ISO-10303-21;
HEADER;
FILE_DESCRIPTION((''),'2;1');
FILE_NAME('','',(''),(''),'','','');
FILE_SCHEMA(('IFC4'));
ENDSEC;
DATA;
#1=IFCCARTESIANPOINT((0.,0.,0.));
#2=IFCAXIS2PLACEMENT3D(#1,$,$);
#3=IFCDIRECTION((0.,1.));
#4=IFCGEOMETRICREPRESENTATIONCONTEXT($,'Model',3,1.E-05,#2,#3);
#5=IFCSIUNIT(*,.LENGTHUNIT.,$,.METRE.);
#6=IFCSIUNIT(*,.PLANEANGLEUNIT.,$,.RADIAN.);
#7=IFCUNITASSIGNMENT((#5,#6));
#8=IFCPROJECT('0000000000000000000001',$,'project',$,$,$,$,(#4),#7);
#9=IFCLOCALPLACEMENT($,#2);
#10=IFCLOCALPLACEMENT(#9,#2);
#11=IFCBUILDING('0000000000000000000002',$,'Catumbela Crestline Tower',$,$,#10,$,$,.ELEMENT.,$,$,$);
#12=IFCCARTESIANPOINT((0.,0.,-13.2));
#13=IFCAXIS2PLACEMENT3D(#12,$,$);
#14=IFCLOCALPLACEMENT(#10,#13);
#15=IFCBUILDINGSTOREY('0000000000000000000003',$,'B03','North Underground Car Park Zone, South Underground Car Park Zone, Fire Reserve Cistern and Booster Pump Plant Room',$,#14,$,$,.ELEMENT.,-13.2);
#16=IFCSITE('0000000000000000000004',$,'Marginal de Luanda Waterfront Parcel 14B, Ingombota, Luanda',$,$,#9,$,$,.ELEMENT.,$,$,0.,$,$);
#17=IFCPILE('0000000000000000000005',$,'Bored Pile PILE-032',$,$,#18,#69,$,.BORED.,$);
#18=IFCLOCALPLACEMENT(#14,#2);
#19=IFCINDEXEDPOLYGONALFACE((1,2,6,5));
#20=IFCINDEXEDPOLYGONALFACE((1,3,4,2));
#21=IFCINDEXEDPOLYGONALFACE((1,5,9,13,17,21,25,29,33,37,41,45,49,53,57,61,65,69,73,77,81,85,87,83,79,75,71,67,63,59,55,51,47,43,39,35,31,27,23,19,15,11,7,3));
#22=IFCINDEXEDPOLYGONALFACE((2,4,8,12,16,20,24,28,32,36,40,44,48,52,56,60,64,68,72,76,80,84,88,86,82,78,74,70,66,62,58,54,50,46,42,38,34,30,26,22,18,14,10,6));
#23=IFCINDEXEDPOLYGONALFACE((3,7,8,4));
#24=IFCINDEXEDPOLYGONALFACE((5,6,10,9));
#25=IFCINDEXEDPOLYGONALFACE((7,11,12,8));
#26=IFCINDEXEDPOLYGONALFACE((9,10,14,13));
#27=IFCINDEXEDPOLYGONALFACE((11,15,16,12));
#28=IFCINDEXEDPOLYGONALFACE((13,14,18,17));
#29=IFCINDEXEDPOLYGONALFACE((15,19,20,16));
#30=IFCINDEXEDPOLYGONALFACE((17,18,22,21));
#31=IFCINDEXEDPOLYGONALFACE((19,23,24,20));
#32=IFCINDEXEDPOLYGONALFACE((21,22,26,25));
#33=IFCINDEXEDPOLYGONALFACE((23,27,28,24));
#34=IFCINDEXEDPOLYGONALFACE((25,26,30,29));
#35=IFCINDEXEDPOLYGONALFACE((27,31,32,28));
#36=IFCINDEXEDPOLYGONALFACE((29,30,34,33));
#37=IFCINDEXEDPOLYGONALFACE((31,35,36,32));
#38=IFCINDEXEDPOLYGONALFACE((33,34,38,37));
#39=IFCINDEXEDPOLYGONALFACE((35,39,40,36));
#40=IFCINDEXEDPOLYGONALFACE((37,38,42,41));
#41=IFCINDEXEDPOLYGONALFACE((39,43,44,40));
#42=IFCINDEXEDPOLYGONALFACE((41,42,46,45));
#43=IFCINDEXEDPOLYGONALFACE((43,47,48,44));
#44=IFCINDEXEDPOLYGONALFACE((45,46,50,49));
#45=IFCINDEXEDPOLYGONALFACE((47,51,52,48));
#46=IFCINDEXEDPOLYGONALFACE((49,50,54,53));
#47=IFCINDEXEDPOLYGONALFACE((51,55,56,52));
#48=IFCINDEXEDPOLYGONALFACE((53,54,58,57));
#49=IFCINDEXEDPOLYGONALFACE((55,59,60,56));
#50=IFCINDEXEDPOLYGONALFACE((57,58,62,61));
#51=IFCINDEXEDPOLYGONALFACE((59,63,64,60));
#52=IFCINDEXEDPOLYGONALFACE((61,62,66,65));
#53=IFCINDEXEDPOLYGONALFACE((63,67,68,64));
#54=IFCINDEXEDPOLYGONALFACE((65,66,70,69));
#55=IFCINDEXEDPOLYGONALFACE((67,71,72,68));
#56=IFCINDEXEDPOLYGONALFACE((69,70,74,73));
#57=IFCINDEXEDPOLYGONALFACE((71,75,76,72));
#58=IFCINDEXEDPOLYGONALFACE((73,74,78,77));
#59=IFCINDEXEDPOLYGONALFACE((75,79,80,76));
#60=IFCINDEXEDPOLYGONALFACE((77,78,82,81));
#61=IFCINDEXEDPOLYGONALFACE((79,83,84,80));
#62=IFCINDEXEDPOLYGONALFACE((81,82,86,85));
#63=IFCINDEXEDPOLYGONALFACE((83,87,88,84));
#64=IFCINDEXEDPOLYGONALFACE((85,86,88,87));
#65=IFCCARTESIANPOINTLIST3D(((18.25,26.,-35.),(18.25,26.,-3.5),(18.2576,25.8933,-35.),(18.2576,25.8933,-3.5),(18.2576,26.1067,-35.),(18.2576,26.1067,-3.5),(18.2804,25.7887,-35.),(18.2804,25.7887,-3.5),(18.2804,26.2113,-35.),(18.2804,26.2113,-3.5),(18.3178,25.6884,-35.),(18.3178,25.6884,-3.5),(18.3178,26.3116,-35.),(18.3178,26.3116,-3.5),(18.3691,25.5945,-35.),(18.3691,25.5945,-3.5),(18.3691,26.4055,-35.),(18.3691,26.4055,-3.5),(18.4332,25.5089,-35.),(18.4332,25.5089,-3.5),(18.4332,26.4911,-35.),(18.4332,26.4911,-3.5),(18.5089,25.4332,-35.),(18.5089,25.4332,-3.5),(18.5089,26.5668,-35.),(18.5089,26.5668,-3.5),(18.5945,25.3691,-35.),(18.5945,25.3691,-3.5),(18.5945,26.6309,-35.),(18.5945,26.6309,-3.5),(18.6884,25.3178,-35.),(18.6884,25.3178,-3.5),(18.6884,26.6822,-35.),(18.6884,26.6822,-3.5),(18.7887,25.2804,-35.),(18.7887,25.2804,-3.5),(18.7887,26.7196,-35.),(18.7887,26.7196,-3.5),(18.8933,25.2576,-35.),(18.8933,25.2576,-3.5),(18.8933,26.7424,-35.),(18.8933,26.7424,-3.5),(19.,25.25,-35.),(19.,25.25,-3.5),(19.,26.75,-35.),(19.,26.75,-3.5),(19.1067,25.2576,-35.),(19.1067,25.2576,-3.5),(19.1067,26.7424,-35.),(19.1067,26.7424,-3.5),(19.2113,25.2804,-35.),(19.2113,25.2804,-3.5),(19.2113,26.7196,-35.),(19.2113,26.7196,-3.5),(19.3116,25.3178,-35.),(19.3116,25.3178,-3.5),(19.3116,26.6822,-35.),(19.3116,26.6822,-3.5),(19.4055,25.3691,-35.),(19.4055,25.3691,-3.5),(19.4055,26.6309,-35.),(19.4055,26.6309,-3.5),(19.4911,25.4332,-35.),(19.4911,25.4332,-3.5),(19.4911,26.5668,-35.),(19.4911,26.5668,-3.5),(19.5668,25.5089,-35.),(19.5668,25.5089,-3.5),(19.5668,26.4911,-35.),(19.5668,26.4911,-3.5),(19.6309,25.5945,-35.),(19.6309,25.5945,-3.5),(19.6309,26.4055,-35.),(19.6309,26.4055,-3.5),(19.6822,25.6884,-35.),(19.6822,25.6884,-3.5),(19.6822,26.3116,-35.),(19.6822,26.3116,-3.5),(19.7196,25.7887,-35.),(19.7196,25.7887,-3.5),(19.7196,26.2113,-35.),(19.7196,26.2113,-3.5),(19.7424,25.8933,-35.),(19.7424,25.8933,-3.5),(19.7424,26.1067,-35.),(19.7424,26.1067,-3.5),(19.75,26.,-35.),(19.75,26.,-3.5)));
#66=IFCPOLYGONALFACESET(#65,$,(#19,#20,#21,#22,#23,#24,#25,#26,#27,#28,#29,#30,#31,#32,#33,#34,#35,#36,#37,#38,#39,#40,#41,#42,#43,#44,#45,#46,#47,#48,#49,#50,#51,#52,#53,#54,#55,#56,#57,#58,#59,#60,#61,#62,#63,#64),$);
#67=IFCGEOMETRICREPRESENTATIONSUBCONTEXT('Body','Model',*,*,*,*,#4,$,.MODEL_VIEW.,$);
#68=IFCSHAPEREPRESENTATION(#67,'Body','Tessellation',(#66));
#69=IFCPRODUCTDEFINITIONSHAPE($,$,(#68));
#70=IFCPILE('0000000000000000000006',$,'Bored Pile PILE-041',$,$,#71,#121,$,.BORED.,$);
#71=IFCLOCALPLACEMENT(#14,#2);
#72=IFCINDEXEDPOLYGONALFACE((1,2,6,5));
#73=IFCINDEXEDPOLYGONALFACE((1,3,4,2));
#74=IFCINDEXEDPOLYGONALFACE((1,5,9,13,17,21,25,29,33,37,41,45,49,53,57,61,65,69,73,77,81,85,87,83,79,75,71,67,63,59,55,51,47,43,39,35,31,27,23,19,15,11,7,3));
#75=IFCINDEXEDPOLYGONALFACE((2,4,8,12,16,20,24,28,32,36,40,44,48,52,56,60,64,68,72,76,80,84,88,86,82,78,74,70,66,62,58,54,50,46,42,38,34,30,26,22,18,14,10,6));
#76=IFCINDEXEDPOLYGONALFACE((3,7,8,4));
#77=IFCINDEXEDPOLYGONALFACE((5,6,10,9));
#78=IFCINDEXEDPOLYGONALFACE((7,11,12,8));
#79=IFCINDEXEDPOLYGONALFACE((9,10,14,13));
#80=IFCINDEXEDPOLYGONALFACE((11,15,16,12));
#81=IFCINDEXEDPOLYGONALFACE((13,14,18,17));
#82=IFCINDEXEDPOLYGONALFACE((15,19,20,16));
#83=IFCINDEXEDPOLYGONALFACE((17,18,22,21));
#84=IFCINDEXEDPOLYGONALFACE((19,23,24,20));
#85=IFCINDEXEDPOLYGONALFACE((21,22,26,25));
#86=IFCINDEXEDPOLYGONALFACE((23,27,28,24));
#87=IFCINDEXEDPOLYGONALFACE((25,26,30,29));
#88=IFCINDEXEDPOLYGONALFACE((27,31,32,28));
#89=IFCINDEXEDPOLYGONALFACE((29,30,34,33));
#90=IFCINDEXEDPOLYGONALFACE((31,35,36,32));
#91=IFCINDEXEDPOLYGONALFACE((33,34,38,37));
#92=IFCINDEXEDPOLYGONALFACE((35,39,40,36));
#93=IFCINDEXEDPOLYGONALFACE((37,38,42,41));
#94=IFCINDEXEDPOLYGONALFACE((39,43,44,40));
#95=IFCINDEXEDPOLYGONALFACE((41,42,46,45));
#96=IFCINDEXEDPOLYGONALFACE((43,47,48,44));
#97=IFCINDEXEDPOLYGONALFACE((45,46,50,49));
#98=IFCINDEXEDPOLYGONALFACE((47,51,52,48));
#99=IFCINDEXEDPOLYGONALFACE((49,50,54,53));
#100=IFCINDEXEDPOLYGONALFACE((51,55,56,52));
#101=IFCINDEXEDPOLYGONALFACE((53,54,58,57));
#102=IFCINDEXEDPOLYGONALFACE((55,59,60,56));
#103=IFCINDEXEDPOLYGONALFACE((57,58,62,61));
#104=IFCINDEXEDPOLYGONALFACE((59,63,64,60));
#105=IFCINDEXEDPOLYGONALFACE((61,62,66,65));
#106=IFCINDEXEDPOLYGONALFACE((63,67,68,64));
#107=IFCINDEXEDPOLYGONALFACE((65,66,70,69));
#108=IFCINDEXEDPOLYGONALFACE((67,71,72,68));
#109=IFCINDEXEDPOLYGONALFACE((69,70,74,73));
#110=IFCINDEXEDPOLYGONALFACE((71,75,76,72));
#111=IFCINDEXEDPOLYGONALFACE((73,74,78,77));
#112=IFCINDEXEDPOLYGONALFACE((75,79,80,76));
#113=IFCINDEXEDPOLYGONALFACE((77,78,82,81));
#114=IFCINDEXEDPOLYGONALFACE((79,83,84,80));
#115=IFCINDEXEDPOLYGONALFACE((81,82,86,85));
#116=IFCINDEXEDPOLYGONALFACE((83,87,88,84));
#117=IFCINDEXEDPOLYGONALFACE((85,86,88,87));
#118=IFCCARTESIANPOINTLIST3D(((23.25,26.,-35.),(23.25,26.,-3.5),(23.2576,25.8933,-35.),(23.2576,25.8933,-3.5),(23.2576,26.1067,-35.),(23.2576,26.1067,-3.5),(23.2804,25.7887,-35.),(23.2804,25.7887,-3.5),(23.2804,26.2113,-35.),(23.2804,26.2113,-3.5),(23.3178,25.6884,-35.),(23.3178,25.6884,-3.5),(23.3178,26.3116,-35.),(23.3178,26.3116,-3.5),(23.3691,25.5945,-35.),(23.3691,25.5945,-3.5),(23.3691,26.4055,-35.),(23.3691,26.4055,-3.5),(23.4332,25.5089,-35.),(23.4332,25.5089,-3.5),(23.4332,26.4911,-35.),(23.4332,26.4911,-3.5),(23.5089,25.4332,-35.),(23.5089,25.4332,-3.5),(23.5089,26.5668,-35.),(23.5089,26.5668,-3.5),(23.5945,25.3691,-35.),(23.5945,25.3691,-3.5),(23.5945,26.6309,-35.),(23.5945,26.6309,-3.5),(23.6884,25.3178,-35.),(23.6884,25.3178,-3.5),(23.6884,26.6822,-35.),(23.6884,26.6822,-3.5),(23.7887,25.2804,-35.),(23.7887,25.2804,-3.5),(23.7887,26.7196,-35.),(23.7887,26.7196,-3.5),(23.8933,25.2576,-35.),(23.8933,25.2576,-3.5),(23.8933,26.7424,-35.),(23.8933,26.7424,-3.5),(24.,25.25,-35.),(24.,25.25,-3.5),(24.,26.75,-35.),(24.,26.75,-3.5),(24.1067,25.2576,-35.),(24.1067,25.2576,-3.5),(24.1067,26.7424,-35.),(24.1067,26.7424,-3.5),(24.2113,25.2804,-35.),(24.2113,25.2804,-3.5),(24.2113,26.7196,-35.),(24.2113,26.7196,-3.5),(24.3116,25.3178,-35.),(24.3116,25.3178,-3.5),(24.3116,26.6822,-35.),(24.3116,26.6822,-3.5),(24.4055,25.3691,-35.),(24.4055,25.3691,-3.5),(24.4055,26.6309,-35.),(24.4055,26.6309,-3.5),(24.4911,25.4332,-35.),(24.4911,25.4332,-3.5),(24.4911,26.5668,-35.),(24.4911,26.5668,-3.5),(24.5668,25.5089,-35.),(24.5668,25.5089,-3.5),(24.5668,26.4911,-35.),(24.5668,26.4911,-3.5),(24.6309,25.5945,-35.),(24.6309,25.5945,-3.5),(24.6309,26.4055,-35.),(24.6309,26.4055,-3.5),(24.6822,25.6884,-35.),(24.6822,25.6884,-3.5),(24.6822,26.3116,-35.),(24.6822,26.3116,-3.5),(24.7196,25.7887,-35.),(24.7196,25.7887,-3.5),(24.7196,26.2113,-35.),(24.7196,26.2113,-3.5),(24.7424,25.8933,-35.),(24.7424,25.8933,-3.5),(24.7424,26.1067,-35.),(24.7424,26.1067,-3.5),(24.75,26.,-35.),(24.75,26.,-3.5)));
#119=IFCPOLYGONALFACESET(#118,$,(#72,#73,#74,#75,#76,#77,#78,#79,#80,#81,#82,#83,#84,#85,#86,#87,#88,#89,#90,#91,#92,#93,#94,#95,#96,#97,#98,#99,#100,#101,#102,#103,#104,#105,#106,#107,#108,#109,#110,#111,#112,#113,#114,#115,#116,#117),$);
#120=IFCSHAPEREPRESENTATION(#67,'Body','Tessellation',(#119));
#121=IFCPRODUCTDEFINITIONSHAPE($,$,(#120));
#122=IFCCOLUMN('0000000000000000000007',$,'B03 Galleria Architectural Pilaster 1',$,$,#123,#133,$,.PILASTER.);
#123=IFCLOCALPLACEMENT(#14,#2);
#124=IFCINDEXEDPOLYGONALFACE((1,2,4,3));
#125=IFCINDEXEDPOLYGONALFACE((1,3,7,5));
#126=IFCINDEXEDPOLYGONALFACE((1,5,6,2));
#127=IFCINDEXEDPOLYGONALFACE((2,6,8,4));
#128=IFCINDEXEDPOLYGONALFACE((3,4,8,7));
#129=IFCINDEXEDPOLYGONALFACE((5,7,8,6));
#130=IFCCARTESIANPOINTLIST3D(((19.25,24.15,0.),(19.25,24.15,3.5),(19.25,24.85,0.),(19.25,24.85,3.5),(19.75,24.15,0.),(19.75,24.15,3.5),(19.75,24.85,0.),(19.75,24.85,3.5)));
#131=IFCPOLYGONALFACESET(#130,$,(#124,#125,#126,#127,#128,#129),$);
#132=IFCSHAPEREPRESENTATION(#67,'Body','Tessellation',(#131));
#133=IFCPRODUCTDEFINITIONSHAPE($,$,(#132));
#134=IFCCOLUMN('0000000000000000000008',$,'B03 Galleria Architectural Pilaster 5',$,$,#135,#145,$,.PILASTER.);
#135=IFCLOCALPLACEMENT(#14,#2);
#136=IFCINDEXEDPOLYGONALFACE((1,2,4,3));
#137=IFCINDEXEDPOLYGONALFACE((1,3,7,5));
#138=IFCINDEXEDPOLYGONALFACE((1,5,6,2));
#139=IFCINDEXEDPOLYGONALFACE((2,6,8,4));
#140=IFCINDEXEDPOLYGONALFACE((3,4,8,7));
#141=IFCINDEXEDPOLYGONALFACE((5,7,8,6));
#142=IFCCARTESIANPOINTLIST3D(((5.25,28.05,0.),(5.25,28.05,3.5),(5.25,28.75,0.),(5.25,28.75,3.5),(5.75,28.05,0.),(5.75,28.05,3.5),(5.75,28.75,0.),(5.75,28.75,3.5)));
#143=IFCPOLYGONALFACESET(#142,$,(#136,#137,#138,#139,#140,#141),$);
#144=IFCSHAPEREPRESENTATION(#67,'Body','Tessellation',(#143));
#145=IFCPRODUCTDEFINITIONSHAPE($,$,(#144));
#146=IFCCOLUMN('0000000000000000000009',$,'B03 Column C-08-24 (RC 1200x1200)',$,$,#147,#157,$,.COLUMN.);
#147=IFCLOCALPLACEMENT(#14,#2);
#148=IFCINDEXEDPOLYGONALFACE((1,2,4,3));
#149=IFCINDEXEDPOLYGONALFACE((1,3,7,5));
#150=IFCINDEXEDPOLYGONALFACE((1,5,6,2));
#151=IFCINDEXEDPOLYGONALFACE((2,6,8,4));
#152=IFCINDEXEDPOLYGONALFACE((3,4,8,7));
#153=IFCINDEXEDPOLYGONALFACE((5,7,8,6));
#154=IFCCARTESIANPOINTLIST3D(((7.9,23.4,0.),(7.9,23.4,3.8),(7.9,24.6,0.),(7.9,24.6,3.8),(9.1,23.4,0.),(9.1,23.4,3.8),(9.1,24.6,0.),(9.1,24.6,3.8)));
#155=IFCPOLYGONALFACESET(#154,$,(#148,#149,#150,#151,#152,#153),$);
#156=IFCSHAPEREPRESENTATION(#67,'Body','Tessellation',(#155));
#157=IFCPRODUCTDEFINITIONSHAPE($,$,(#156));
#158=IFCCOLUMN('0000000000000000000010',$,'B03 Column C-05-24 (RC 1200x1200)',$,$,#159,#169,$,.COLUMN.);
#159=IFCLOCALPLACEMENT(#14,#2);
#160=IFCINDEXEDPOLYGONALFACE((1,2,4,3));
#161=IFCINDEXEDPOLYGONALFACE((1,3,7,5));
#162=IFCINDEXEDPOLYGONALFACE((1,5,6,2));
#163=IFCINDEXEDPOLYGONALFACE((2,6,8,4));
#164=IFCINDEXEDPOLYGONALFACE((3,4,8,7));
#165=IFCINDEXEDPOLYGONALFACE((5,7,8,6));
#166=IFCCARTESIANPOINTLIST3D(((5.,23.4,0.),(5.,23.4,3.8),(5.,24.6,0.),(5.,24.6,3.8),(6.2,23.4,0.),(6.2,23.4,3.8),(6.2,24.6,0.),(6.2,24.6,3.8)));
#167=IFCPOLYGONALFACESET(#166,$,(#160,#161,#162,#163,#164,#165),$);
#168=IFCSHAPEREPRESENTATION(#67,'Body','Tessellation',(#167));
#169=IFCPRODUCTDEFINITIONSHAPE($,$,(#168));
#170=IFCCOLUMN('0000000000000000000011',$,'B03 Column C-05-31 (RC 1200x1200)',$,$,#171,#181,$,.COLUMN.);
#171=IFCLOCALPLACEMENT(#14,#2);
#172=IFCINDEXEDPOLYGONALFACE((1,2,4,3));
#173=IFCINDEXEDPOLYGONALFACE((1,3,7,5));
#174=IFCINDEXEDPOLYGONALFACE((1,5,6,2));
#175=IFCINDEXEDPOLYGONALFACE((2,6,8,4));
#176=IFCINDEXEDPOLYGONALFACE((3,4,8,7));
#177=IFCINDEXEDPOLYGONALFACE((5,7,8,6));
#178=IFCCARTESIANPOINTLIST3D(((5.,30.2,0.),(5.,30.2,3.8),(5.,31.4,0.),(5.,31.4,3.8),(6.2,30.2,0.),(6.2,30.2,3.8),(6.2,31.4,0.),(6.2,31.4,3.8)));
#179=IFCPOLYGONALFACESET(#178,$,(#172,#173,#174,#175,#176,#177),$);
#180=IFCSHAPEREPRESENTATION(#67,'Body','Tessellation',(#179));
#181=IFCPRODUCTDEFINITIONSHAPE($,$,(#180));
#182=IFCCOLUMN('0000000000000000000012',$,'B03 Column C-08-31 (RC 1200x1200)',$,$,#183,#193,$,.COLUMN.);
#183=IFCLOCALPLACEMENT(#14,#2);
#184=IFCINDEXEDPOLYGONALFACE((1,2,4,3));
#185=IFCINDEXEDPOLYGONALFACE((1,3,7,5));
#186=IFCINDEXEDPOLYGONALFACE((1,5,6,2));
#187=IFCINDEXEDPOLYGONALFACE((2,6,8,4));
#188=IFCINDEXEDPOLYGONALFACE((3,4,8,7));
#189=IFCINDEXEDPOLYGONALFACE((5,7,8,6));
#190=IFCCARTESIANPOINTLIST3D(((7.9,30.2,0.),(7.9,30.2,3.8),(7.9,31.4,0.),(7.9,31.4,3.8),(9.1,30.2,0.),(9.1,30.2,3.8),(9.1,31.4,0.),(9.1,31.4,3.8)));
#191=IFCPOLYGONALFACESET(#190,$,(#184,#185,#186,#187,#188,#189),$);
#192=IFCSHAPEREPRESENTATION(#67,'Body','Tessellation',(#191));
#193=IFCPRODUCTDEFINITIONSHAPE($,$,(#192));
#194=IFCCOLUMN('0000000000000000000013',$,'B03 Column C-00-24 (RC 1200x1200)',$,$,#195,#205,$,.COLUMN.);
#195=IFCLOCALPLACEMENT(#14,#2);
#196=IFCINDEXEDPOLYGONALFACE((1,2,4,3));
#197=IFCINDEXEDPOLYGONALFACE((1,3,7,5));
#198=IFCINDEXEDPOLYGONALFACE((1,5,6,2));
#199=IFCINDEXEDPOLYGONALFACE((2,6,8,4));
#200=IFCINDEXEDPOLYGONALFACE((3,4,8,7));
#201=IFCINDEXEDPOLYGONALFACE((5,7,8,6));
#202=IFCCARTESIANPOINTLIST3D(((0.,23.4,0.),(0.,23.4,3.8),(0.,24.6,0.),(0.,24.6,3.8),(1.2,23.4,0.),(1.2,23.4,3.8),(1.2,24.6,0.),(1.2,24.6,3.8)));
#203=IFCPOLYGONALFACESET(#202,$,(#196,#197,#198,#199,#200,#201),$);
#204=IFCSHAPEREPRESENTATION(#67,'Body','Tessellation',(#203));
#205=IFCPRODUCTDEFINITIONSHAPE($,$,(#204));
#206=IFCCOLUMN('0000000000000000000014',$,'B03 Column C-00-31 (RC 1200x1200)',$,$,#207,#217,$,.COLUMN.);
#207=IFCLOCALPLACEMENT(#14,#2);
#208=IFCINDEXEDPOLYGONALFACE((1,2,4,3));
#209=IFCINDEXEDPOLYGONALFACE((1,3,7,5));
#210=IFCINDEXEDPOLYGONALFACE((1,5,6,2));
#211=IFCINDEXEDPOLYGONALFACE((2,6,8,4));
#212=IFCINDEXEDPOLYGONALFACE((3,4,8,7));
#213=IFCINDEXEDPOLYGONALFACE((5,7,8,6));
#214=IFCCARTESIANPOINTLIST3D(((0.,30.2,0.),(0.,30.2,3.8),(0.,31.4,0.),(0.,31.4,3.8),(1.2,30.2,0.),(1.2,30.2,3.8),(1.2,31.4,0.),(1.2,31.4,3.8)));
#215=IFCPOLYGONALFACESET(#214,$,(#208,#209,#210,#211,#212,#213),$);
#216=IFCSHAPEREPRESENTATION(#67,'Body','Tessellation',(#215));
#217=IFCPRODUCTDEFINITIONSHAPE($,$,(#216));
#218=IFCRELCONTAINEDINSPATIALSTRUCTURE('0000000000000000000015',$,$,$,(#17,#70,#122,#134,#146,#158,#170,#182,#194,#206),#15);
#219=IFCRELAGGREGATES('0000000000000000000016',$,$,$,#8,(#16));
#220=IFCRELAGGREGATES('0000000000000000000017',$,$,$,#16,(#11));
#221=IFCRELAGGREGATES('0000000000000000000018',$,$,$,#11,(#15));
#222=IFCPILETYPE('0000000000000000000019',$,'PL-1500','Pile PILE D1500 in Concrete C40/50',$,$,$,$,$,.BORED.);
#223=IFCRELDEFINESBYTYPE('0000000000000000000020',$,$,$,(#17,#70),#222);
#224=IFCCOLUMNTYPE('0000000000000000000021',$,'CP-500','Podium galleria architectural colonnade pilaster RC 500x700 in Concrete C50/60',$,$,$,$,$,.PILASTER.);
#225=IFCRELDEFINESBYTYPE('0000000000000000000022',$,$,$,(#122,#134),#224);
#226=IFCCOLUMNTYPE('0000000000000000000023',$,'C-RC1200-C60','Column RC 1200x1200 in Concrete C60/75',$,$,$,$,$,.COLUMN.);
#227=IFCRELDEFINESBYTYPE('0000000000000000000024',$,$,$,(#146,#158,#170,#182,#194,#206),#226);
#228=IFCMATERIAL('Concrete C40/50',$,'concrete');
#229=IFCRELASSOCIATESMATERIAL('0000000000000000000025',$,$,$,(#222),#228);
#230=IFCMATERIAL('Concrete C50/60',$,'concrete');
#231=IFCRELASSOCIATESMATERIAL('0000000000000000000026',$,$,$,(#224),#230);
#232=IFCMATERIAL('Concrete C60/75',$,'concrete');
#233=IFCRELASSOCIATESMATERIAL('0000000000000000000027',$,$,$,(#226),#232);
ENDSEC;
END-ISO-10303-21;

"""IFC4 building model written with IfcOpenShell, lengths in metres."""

from ifc_helpers import new_model, si_unit, direction, frame, origin, origin_2d, place, context, subcontext, project, spatial, rectangle, circle, extrude, material, material_profile, profile_set, type_object, element, save


model = new_model("IFC4")

# Units and contexts
model_context = context("Model", 3, precision=1e-05, world=origin(), true_north=direction((0.0, 1.0)))
body_context = subcontext(model_context, "Body", "Model", "MODEL_VIEW")
ifc_project = project(units=[si_unit("LENGTHUNIT", "METRE"), si_unit("PLANEANGLEUNIT", "RADIAN")], contexts=[model_context])

# Site, building, storey
site_placement = place(None, origin())
site = spatial("IfcSite", under=ifc_project, at=site_placement, Name="Marginal de Luanda Waterfront Parcel 14B, Ingombota, Luanda", CompositionType="ELEMENT", RefElevation=0.0)
building_placement = place(site_placement, origin())
building = spatial("IfcBuilding", under=site, at=building_placement, Name="Catumbela Crestline Tower", CompositionType="ELEMENT")
storey_placement = place(building_placement, frame((0.0, 0.0, -13.2)))
storey = spatial("IfcBuildingStorey", under=building, at=storey_placement, Name="B03", Description="North Underground Car Park Zone, South Underground Car Park Zone, Fire Reserve Cistern and Booster Pump Plant Room", CompositionType="ELEMENT", Elevation=-13.2)

# Piles
ifc_material_1 = material(Name="Concrete C40/50", Category="concrete")
ifc_material_profile_1 = material_profile(ifc_material_1, circle(Radius=0.75, at=origin_2d()), Name="PILE D1500")
ifc_profile_set_1 = profile_set([ifc_material_profile_1], Name="Concrete C40/50")
pile_type_1 = type_object("IfcPileType", Name="PL-1500", Description="Pile PILE D1500 in Concrete C40/50", PredefinedType="BORED", material=ifc_profile_set_1)
for number, where, z_axis, x_axis, name in (
    (1, (19.0, 26.0, -3.5), (0.0, 0.0, -1.0), (1.0, 0.0, 0.0), "Bored Pile PILE-032"),
    (2, (24.0, 26.0, -3.5), (0.0, 0.0, -1.0), (1.0, 0.0, 0.0), "Bored Pile PILE-041"),
):
    element("IfcPile", number, at=place(storey_placement, frame(where, z_axis=z_axis, x_axis=x_axis)), inside=storey, type_object=pile_type_1, Name=name, PredefinedType="BORED", context=body_context, shape_type="SweptSolid", body=[
        extrude(circle(Radius=0.75, at=origin_2d()), origin(), (0.0, 0.0, 1.0), 31.5),
    ])

# Columns
ifc_material_2 = material(Name="Concrete C50/60", Category="concrete")
ifc_material_profile_2 = material_profile(ifc_material_2, rectangle(XDim=0.5, YDim=0.7, at=origin_2d()), Name="RC 500x700")
ifc_profile_set_2 = profile_set([ifc_material_profile_2], Name="Concrete C50/60")
column_type_1 = type_object("IfcColumnType", Name="CP-500", Description="Podium galleria architectural colonnade pilaster RC 500x700 in Concrete C50/60", PredefinedType="PILASTER", material=ifc_profile_set_2)
for number, where, z_axis, x_axis, name in (
    (3, (19.5, 24.5, 0.0), (0.0, 0.0, 1.0), (1.0, 0.0, 0.0), "B03 Galleria Architectural Pilaster 1"),
    (4, (5.5, 28.4, 0.0), (0.0, 0.0, 1.0), (1.0, 0.0, 0.0), "B03 Galleria Architectural Pilaster 5"),
):
    element("IfcColumn", number, at=place(storey_placement, frame(where, z_axis=z_axis, x_axis=x_axis)), inside=storey, type_object=column_type_1, Name=name, PredefinedType="PILASTER", context=body_context, shape_type="SweptSolid", body=[
        extrude(rectangle(XDim=0.5, YDim=0.7, at=origin_2d()), origin(), (0.0, 0.0, 1.0), 3.5),
    ])
ifc_material_3 = material(Name="Concrete C60/75", Category="concrete")
ifc_material_profile_3 = material_profile(ifc_material_3, rectangle(XDim=1.2, YDim=1.2, at=origin_2d()), Name="RC 1200x1200")
ifc_profile_set_3 = profile_set([ifc_material_profile_3], Name="Concrete C60/75")
column_type_2 = type_object("IfcColumnType", Name="C-RC1200-C60", Description="Column RC 1200x1200 in Concrete C60/75", PredefinedType="COLUMN", material=ifc_profile_set_3)
for number, where, z_axis, x_axis, name in (
    (5, (8.5, 24.0, 0.0), (0.0, 0.0, 1.0), (1.0, 0.0, 0.0), "B03 Column C-08-24 (RC 1200x1200)"),
    (6, (5.6, 24.0, 0.0), (0.0, 0.0, 1.0), (1.0, 0.0, 0.0), "B03 Column C-05-24 (RC 1200x1200)"),
    (7, (5.6, 30.8, 0.0), (0.0, 0.0, 1.0), (1.0, 0.0, 0.0), "B03 Column C-05-31 (RC 1200x1200)"),
    (8, (8.5, 30.8, 0.0), (0.0, 0.0, 1.0), (1.0, 0.0, 0.0), "B03 Column C-08-31 (RC 1200x1200)"),
    (9, (0.6, 24.0, 0.0), (0.0, 0.0, 1.0), (1.0, 0.0, 0.0), "B03 Column C-00-24 (RC 1200x1200)"),
    (10, (0.6, 30.8, 0.0), (0.0, 0.0, 1.0), (1.0, 0.0, 0.0), "B03 Column C-00-31 (RC 1200x1200)"),
):
    element("IfcColumn", number, at=place(storey_placement, frame(where, z_axis=z_axis, x_axis=x_axis)), inside=storey, type_object=column_type_2, Name=name, PredefinedType="COLUMN", context=body_context, shape_type="SweptSolid", body=[
        extrude(rectangle(XDim=1.2, YDim=1.2, at=origin_2d()), origin(), (0.0, 0.0, 1.0), 3.8),
    ])

save(model, "model.ifc")
